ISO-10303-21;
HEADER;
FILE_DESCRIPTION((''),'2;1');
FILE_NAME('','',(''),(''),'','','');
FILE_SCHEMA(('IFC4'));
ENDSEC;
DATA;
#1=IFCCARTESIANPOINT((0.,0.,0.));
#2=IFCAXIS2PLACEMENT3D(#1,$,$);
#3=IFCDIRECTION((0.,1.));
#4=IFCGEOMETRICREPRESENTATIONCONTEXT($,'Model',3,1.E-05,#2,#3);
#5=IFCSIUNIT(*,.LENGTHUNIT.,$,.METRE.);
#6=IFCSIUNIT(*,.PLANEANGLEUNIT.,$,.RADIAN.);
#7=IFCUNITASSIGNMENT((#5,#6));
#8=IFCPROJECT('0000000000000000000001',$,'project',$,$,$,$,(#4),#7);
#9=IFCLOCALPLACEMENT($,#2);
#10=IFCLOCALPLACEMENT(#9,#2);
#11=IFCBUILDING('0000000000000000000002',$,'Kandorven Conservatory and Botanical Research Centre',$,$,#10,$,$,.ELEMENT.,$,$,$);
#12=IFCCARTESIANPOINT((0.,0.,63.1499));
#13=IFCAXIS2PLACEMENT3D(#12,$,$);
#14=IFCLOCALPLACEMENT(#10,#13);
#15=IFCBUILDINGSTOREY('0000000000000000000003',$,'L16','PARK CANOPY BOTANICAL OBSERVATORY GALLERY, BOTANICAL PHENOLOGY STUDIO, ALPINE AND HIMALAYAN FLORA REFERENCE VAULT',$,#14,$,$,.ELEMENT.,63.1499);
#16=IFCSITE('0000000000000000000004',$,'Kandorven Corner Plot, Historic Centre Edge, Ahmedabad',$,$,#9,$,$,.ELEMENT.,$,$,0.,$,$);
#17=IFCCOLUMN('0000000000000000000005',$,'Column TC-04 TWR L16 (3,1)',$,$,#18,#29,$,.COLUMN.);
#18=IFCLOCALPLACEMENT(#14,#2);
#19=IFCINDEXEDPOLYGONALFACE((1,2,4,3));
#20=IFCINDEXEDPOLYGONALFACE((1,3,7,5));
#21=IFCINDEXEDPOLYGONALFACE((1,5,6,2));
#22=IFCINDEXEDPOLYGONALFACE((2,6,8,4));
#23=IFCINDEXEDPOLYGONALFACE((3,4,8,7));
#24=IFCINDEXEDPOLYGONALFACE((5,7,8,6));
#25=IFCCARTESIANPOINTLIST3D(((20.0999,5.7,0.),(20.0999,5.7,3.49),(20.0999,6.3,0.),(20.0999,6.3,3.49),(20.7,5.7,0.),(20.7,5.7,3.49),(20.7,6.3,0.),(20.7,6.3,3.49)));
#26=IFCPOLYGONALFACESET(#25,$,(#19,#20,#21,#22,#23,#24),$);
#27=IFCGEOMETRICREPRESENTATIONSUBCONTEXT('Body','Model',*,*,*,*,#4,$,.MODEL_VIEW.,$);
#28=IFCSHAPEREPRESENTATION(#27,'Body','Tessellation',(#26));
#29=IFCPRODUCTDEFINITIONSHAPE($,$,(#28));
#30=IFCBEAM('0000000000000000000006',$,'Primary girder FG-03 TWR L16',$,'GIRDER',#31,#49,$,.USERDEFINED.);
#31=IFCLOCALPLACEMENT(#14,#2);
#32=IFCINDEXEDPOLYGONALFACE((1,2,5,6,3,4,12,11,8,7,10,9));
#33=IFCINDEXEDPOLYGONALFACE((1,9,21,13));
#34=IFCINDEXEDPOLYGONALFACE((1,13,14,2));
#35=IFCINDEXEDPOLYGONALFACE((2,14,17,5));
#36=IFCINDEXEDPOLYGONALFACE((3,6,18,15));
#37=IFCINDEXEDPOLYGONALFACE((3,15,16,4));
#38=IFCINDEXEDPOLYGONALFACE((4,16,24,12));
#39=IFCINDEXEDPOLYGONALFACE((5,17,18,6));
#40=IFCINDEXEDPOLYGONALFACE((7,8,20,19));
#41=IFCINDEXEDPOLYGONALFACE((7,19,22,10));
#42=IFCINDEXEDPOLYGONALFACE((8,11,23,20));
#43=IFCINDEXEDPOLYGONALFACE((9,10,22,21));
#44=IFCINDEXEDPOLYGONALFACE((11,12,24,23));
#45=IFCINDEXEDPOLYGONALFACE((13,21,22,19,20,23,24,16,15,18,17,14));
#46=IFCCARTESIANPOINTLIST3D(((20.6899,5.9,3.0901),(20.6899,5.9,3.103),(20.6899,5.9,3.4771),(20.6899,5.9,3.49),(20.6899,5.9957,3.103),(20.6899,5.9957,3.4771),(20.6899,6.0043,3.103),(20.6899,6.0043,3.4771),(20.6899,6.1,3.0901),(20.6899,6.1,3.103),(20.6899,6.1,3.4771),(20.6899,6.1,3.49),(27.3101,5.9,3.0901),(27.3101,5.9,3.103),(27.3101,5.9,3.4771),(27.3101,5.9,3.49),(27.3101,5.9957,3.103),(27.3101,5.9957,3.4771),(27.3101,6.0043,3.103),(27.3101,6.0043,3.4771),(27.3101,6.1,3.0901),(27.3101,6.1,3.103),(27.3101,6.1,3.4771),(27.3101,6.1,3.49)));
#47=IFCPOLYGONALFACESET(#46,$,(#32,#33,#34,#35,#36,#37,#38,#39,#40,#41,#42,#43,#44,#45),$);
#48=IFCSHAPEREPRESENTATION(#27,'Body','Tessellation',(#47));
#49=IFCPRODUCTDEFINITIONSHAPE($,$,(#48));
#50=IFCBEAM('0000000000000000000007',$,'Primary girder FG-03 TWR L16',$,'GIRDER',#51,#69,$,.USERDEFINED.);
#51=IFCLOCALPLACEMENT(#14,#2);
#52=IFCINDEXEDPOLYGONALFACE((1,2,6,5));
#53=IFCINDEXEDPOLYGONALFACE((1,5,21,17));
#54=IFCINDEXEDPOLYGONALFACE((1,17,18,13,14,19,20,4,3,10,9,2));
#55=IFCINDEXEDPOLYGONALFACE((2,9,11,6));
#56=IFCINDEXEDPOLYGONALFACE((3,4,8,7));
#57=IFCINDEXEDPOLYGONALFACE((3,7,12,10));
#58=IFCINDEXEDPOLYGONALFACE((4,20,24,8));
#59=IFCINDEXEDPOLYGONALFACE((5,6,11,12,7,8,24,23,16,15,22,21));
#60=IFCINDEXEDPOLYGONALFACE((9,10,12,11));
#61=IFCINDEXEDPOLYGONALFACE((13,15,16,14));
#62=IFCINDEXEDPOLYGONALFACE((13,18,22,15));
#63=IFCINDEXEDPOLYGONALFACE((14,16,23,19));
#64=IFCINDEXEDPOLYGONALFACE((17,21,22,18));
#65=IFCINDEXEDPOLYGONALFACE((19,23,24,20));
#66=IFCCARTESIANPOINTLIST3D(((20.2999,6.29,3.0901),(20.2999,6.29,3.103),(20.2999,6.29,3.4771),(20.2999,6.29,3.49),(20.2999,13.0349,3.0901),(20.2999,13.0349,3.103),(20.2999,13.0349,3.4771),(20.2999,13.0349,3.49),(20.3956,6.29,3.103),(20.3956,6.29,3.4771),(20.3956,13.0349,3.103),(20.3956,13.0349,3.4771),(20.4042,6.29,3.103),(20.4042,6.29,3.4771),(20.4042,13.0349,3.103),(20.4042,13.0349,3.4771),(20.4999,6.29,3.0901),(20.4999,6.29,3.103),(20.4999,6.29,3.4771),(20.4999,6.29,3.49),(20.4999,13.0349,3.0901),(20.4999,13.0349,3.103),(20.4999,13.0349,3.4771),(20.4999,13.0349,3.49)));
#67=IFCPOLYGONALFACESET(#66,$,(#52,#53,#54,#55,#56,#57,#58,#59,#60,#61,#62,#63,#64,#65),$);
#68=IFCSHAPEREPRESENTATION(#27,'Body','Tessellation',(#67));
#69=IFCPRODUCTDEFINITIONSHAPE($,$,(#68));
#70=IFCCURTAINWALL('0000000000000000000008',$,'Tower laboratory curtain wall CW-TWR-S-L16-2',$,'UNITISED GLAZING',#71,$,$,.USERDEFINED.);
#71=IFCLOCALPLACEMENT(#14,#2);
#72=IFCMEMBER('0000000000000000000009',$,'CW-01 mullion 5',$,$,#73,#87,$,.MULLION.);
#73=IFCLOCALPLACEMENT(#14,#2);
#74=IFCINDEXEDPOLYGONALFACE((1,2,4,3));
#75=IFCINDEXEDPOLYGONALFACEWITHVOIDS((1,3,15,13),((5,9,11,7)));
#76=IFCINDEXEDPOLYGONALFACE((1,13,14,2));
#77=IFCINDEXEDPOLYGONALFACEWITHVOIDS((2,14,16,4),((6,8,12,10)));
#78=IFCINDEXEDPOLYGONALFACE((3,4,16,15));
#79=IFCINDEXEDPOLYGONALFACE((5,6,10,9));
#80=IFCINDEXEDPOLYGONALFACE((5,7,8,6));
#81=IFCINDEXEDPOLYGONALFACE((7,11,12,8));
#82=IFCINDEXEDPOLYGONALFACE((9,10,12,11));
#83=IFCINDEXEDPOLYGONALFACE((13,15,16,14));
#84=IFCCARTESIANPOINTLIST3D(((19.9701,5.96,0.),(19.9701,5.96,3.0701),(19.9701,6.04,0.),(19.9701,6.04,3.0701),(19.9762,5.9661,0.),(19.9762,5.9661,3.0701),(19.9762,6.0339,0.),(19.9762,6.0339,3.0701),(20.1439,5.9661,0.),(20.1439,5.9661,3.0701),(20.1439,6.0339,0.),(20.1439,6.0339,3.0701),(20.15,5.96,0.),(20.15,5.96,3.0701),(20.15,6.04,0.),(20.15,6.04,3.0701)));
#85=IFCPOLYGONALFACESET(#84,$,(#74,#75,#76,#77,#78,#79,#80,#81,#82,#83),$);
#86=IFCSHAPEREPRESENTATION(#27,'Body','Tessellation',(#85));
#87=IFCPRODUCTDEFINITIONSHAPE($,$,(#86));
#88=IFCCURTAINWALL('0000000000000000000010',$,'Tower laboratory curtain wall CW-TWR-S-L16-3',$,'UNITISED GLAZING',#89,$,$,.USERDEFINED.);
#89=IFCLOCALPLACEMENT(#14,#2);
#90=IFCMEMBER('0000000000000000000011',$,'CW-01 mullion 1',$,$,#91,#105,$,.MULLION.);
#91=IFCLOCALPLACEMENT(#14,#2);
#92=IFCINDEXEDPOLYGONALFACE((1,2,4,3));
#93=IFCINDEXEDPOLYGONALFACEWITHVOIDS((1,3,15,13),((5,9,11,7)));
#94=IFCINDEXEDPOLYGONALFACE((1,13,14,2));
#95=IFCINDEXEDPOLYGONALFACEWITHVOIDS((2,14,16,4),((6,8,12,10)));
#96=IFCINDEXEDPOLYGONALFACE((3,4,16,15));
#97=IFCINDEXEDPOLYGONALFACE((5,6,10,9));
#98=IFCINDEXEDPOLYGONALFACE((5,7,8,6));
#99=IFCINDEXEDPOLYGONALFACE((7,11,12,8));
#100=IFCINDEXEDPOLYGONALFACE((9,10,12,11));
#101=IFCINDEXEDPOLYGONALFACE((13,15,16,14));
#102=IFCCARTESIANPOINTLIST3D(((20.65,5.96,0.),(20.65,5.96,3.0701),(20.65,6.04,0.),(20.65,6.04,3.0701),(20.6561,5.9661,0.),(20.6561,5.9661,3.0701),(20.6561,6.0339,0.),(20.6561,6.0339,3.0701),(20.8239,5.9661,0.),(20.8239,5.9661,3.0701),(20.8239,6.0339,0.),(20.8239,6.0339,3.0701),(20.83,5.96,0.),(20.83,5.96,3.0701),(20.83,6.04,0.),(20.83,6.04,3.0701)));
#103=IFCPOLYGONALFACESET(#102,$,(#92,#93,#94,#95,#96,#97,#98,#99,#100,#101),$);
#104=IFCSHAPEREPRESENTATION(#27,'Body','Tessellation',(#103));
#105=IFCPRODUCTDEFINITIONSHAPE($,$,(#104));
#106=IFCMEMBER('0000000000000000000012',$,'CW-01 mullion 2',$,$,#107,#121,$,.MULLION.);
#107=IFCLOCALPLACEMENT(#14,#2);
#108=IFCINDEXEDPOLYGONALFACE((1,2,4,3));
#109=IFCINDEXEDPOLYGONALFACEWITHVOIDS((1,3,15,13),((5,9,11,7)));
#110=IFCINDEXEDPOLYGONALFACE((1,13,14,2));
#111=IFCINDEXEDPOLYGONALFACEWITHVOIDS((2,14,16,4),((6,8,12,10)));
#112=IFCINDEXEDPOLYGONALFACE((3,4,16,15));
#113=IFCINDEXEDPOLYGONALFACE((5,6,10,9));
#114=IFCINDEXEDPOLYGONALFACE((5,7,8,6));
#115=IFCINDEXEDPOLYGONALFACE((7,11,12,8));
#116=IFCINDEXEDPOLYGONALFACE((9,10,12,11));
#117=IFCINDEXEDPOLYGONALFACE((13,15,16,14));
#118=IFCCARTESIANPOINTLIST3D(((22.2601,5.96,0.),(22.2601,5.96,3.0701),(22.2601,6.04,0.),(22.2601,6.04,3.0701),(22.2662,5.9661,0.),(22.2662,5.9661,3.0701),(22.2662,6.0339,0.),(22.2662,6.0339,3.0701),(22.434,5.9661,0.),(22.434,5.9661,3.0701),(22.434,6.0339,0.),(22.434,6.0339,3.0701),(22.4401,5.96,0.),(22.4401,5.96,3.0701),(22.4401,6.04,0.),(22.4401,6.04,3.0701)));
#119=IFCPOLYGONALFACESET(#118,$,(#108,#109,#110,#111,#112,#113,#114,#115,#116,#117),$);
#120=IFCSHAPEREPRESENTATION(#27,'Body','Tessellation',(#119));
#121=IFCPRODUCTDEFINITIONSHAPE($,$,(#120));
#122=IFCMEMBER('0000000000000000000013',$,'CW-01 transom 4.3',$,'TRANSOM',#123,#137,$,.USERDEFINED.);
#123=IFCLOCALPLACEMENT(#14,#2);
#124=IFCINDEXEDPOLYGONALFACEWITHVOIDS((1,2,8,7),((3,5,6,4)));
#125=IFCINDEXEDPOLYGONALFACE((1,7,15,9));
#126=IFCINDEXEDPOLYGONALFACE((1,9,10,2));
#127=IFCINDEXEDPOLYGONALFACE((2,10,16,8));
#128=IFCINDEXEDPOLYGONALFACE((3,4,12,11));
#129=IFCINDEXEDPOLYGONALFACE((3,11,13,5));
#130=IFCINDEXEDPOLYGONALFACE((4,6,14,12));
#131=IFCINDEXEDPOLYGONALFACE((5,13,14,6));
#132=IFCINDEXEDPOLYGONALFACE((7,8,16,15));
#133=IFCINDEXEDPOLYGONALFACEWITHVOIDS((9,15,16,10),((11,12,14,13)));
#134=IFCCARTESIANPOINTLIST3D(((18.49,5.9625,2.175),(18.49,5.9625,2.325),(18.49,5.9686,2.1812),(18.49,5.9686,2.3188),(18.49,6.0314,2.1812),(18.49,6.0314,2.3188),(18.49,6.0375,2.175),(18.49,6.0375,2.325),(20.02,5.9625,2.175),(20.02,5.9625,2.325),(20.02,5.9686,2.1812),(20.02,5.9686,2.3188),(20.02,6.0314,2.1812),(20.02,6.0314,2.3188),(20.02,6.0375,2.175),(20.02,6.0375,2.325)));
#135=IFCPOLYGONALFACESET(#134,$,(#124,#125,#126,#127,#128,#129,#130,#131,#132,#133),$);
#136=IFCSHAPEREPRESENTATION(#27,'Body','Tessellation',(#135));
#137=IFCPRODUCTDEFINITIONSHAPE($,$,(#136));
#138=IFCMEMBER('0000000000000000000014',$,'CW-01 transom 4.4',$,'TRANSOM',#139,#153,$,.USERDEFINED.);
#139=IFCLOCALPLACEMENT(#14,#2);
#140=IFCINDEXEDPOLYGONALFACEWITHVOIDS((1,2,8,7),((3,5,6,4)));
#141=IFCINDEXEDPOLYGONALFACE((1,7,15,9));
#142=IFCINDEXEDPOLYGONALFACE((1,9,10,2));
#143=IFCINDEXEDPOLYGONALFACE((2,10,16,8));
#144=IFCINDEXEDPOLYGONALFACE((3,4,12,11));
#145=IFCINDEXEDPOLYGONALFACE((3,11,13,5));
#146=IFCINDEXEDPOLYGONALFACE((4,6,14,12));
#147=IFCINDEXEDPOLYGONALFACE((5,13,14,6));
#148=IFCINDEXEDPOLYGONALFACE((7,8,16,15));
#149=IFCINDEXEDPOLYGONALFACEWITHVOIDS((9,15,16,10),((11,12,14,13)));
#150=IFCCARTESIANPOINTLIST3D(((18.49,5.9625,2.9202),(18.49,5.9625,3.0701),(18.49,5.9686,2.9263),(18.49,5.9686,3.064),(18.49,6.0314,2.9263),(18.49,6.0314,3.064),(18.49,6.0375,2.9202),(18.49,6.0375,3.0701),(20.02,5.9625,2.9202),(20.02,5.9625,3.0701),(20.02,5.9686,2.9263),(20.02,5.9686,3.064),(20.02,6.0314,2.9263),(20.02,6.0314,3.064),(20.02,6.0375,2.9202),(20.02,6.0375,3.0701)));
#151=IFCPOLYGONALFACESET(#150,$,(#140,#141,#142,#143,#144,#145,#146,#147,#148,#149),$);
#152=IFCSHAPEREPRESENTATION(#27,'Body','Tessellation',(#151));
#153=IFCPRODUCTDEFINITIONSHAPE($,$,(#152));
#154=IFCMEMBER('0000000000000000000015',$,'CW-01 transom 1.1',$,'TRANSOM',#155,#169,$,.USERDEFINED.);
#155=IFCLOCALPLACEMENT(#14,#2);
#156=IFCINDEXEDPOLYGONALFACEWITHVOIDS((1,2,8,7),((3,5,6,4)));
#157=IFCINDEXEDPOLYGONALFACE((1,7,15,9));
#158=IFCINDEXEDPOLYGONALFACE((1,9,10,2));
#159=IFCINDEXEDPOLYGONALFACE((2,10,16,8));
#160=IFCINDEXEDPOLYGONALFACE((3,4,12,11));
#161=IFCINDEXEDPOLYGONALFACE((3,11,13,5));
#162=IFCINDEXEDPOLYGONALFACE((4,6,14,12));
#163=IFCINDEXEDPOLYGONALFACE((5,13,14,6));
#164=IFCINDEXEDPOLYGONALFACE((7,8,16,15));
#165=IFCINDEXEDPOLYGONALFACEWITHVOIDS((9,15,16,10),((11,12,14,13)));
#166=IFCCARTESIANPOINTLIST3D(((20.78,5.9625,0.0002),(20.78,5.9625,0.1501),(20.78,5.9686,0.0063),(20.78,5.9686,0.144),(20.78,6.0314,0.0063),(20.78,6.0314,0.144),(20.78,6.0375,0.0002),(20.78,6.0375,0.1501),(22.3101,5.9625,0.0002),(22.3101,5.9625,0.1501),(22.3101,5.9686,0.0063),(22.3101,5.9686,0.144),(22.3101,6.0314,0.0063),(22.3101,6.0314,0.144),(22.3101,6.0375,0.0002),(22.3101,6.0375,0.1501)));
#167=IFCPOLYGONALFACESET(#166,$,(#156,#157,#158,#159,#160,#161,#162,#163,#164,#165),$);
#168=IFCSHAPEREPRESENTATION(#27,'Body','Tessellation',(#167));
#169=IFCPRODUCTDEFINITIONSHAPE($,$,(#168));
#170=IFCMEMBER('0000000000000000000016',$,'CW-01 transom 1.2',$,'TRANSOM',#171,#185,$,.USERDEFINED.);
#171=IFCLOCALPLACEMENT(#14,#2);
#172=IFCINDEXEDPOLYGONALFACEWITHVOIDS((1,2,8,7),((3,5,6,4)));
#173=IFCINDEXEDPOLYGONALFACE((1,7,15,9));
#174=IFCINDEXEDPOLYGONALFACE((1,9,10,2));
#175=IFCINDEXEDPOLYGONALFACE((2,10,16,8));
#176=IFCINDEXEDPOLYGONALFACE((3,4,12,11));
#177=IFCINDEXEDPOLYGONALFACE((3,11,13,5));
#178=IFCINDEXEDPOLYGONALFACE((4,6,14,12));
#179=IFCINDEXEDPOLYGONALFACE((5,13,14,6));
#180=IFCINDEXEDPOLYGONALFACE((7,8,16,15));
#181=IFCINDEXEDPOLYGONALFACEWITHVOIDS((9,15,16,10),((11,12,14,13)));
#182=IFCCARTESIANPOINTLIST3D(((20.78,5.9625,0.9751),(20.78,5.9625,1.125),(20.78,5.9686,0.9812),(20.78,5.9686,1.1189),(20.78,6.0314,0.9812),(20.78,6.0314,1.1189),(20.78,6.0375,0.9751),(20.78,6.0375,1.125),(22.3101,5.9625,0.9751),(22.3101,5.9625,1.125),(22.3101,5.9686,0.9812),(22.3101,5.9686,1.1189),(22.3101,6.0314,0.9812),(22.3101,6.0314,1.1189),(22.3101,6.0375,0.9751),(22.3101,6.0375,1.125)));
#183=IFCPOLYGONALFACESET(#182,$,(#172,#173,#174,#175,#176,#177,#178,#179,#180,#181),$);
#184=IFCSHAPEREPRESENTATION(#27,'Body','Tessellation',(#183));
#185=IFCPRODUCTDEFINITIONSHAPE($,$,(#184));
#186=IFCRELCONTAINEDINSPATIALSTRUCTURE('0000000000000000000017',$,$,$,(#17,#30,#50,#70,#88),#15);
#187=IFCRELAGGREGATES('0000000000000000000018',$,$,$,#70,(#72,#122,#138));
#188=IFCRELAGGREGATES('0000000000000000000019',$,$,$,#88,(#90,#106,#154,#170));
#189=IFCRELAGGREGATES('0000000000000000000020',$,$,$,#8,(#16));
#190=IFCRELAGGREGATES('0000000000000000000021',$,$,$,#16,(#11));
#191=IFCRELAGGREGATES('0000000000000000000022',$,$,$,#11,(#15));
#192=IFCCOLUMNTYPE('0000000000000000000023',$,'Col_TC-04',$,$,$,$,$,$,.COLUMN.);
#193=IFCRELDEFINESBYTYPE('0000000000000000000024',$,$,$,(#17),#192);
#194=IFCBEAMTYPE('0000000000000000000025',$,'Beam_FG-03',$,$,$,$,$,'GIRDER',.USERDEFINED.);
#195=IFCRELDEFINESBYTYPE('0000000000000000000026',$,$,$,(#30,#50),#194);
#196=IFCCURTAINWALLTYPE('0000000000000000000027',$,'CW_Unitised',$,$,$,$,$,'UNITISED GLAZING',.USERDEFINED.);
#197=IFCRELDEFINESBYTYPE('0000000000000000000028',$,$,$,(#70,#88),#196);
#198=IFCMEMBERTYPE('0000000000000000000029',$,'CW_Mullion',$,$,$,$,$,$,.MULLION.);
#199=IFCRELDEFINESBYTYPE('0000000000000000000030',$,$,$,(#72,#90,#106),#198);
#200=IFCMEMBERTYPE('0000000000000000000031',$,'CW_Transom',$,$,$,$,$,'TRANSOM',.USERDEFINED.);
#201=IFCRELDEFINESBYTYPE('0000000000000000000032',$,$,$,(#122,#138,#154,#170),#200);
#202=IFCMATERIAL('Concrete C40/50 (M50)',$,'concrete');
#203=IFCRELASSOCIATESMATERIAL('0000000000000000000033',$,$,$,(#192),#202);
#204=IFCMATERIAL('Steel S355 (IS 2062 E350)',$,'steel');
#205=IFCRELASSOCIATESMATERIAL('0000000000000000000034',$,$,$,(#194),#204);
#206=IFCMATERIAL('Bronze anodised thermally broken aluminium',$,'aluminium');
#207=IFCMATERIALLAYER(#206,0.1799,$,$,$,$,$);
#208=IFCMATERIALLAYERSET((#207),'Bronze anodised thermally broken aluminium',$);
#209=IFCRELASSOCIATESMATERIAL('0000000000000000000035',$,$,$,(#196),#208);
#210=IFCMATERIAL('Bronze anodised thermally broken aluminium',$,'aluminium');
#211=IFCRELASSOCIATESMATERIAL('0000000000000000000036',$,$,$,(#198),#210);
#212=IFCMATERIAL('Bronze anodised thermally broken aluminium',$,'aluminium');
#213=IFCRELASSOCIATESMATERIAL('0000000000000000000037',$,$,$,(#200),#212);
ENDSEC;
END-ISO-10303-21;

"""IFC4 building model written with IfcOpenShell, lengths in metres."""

from ifc_helpers import new_model, si_unit, direction, frame, origin, origin_2d, place, context, subcontext, project, spatial, rectangle, hollow_rectangle, i_section, extrude, material, layer, layer_set, material_profile, profile_set, type_object, element, aggregate, save


model = new_model("IFC4")

# Units and contexts
model_context = context("Model", 3, precision=1e-05, world=origin(), true_north=direction((0.0, 1.0)))
body_context = subcontext(model_context, "Body", "Model", "MODEL_VIEW")
ifc_project = project(units=[si_unit("LENGTHUNIT", "METRE"), si_unit("PLANEANGLEUNIT", "RADIAN")], contexts=[model_context])

# Site, building, storey
site_placement = place(None, origin())
site = spatial("IfcSite", under=ifc_project, at=site_placement, Name="Kandorven Corner Plot, Historic Centre Edge, Ahmedabad", CompositionType="ELEMENT", RefElevation=0.0)
building_placement = place(site_placement, origin())
building = spatial("IfcBuilding", under=site, at=building_placement, Name="Kandorven Conservatory and Botanical Research Centre", CompositionType="ELEMENT")
storey_placement = place(building_placement, frame((0.0, 0.0, 63.1499)))
storey = spatial("IfcBuildingStorey", under=building, at=storey_placement, Name="L16", Description="PARK CANOPY BOTANICAL OBSERVATORY GALLERY, BOTANICAL PHENOLOGY STUDIO, ALPINE AND HIMALAYAN FLORA REFERENCE VAULT", CompositionType="ELEMENT", Elevation=63.1499)

# Column
ifc_material_1 = material(Name="Concrete C40/50 (M50)", Category="concrete")
ifc_material_profile_1 = material_profile(ifc_material_1, rectangle(XDim=0.6001, YDim=0.6001, at=origin_2d()))
ifc_profile_set_1 = profile_set([ifc_material_profile_1], Name="Concrete C40/50 (M50)")
column_type = type_object("IfcColumnType", Name="Col_TC-04", PredefinedType="COLUMN", material=ifc_profile_set_1)
column_placement = place(storey_placement, frame((20.3999, 6.0, 0.0), z_axis=(0.0, 0.0, 1.0), x_axis=(1.0, 0.0, 0.0)))
element("IfcColumn", 1, at=column_placement, inside=storey, type_object=column_type, Name="Column TC-04 TWR L16 (3,1)", PredefinedType="COLUMN", context=body_context, shape_type="SweptSolid", body=[
    extrude(rectangle(XDim=0.6001, YDim=0.6001, at=origin_2d()), origin(), (0.0, 0.0, 1.0), 3.49),
])

# Beams
ifc_material_2 = material(Name="Steel S355 (IS 2062 E350)", Category="steel")
ifc_material_profile_2 = material_profile(ifc_material_2, i_section(OverallWidth=0.2, OverallDepth=0.3999, WebThickness=0.0085, FlangeThickness=0.0129, at=origin_2d()))
ifc_profile_set_2 = profile_set([ifc_material_profile_2], Name="Steel S355 (IS 2062 E350)")
beam_type = type_object("IfcBeamType", Name="Beam_FG-03", ElementType="GIRDER", PredefinedType="USERDEFINED", material=ifc_profile_set_2)
beam_1_placement = place(storey_placement, frame((20.6899, 6.0, 3.29), z_axis=(1.0, 0.0, 0.0), x_axis=(0.0, 1.0, 0.0)))
element("IfcBeam", 2, at=beam_1_placement, inside=storey, type_object=beam_type, Name="Primary girder FG-03 TWR L16", ObjectType="GIRDER", PredefinedType="USERDEFINED", context=body_context, shape_type="SweptSolid", body=[
    extrude(i_section(OverallWidth=0.2, OverallDepth=0.3999, WebThickness=0.0085, FlangeThickness=0.0129, at=origin_2d()), origin(), (0.0, 0.0, 1.0), 6.6201),
])
beam_2_placement = place(storey_placement, frame((20.3999, 6.29, 3.29), z_axis=(0.0, 1.0, 0.0), x_axis=(-1.0, 0.0, 0.0)))
element("IfcBeam", 3, at=beam_2_placement, inside=storey, type_object=beam_type, Name="Primary girder FG-03 TWR L16", ObjectType="GIRDER", PredefinedType="USERDEFINED", context=body_context, shape_type="SweptSolid", body=[
    extrude(i_section(OverallWidth=0.2, OverallDepth=0.3999, WebThickness=0.0085, FlangeThickness=0.0129, at=origin_2d()), origin(), (0.0, 0.0, 1.0), 6.7449),
])

# Curtain wall, member
ifc_material_3 = material(Name="Bronze anodised thermally broken aluminium", Category="aluminium")
ifc_layer_1 = layer(ifc_material_3, 0.1799)
ifc_layer_set_1 = layer_set([ifc_layer_1], Name="Bronze anodised thermally broken aluminium")
curtain_wall_type = type_object("IfcCurtainWallType", Name="CW_Unitised", ElementType="UNITISED GLAZING", PredefinedType="USERDEFINED", material=ifc_layer_set_1)
curtain_wall_1_placement = place(storey_placement, origin())
curtain_wall_1 = element("IfcCurtainWall", 4, at=curtain_wall_1_placement, inside=storey, type_object=curtain_wall_type, Name="Tower laboratory curtain wall CW-TWR-S-L16-2", ObjectType="UNITISED GLAZING", PredefinedType="USERDEFINED")
ifc_material_4 = material(Name="Bronze anodised thermally broken aluminium", Category="aluminium")
ifc_material_profile_3 = material_profile(ifc_material_4, hollow_rectangle(XDim=0.0801, YDim=0.1799, WallThickness=0.0061, at=origin_2d()))
ifc_profile_set_3 = profile_set([ifc_material_profile_3], Name="Bronze anodised thermally broken aluminium")
member_type_1 = type_object("IfcMemberType", Name="CW_Mullion", PredefinedType="MULLION", material=ifc_profile_set_3)
member_1_placement = place(storey_placement, frame((20.0601, 6.0, 0.0), z_axis=(0.0, 0.0, 1.0), x_axis=(0.0, 1.0, 0.0)))
member_1 = element("IfcMember", 5, at=member_1_placement, type_object=member_type_1, Name="CW-01 mullion 5", PredefinedType="MULLION", context=body_context, shape_type="SweptSolid", body=[
    extrude(hollow_rectangle(XDim=0.0801, YDim=0.1799, WallThickness=0.0061, at=origin_2d()), origin(), (0.0, 0.0, 1.0), 3.0701),
])

# Curtain wall, members
curtain_wall_2_placement = place(storey_placement, origin())
curtain_wall_2 = element("IfcCurtainWall", 6, at=curtain_wall_2_placement, inside=storey, type_object=curtain_wall_type, Name="Tower laboratory curtain wall CW-TWR-S-L16-3", ObjectType="UNITISED GLAZING", PredefinedType="USERDEFINED")
member_2_placement = place(storey_placement, frame((20.74, 6.0, 0.0), z_axis=(0.0, 0.0, 1.0), x_axis=(0.0, 1.0, 0.0)))
member_2 = element("IfcMember", 7, at=member_2_placement, type_object=member_type_1, Name="CW-01 mullion 1", PredefinedType="MULLION", context=body_context, shape_type="SweptSolid", body=[
    extrude(hollow_rectangle(XDim=0.0801, YDim=0.1799, WallThickness=0.0061, at=origin_2d()), origin(), (0.0, 0.0, 1.0), 3.0701),
])
member_3_placement = place(storey_placement, frame((22.3501, 6.0, 0.0), z_axis=(0.0, 0.0, 1.0), x_axis=(0.0, 1.0, 0.0)))
member_3 = element("IfcMember", 8, at=member_3_placement, type_object=member_type_1, Name="CW-01 mullion 2", PredefinedType="MULLION", context=body_context, shape_type="SweptSolid", body=[
    extrude(hollow_rectangle(XDim=0.0801, YDim=0.1799, WallThickness=0.0061, at=origin_2d()), origin(), (0.0, 0.0, 1.0), 3.0701),
])

# Members
ifc_material_5 = material(Name="Bronze anodised thermally broken aluminium", Category="aluminium")
ifc_material_profile_4 = material_profile(ifc_material_5, hollow_rectangle(XDim=0.075, YDim=0.1499, WallThickness=0.0061, at=origin_2d()))
ifc_profile_set_4 = profile_set([ifc_material_profile_4], Name="Bronze anodised thermally broken aluminium")
member_type_2 = type_object("IfcMemberType", Name="CW_Transom", ElementType="TRANSOM", PredefinedType="USERDEFINED", material=ifc_profile_set_4)
member_4_placement = place(storey_placement, frame((18.49, 6.0, 2.25), z_axis=(1.0, 0.0, 0.0), x_axis=(0.0, 1.0, 0.0)))
member_4 = element("IfcMember", 9, at=member_4_placement, type_object=member_type_2, Name="CW-01 transom 4.3", ObjectType="TRANSOM", PredefinedType="USERDEFINED", context=body_context, shape_type="SweptSolid", body=[
    extrude(hollow_rectangle(XDim=0.075, YDim=0.1499, WallThickness=0.0061, at=origin_2d()), origin(), (0.0, 0.0, 1.0), 1.53),
])
member_5_placement = place(storey_placement, frame((18.49, 6.0, 2.9951), z_axis=(1.0, 0.0, 0.0), x_axis=(0.0, 1.0, 0.0)))
member_5 = element("IfcMember", 10, at=member_5_placement, type_object=member_type_2, Name="CW-01 transom 4.4", ObjectType="TRANSOM", PredefinedType="USERDEFINED", context=body_context, shape_type="SweptSolid", body=[
    extrude(hollow_rectangle(XDim=0.075, YDim=0.1499, WallThickness=0.0061, at=origin_2d()), origin(), (0.0, 0.0, 1.0), 1.53),
])
member_6_placement = place(storey_placement, frame((20.78, 6.0, 0.0752), z_axis=(1.0, 0.0, 0.0), x_axis=(0.0, 1.0, 0.0)))
member_6 = element("IfcMember", 11, at=member_6_placement, type_object=member_type_2, Name="CW-01 transom 1.1", ObjectType="TRANSOM", PredefinedType="USERDEFINED", context=body_context, shape_type="SweptSolid", body=[
    extrude(hollow_rectangle(XDim=0.075, YDim=0.1499, WallThickness=0.0061, at=origin_2d()), origin(), (0.0, 0.0, 1.0), 1.53),
])
member_7_placement = place(storey_placement, frame((20.78, 6.0, 1.05), z_axis=(1.0, 0.0, 0.0), x_axis=(0.0, 1.0, 0.0)))
member_7 = element("IfcMember", 12, at=member_7_placement, type_object=member_type_2, Name="CW-01 transom 1.2", ObjectType="TRANSOM", PredefinedType="USERDEFINED", context=body_context, shape_type="SweptSolid", body=[
    extrude(hollow_rectangle(XDim=0.075, YDim=0.1499, WallThickness=0.0061, at=origin_2d()), origin(), (0.0, 0.0, 1.0), 1.53),
])

aggregate(curtain_wall_1, [member_1, member_4, member_5])
aggregate(curtain_wall_2, [member_2, member_3, member_6, member_7])

save(model, "model.ifc")
